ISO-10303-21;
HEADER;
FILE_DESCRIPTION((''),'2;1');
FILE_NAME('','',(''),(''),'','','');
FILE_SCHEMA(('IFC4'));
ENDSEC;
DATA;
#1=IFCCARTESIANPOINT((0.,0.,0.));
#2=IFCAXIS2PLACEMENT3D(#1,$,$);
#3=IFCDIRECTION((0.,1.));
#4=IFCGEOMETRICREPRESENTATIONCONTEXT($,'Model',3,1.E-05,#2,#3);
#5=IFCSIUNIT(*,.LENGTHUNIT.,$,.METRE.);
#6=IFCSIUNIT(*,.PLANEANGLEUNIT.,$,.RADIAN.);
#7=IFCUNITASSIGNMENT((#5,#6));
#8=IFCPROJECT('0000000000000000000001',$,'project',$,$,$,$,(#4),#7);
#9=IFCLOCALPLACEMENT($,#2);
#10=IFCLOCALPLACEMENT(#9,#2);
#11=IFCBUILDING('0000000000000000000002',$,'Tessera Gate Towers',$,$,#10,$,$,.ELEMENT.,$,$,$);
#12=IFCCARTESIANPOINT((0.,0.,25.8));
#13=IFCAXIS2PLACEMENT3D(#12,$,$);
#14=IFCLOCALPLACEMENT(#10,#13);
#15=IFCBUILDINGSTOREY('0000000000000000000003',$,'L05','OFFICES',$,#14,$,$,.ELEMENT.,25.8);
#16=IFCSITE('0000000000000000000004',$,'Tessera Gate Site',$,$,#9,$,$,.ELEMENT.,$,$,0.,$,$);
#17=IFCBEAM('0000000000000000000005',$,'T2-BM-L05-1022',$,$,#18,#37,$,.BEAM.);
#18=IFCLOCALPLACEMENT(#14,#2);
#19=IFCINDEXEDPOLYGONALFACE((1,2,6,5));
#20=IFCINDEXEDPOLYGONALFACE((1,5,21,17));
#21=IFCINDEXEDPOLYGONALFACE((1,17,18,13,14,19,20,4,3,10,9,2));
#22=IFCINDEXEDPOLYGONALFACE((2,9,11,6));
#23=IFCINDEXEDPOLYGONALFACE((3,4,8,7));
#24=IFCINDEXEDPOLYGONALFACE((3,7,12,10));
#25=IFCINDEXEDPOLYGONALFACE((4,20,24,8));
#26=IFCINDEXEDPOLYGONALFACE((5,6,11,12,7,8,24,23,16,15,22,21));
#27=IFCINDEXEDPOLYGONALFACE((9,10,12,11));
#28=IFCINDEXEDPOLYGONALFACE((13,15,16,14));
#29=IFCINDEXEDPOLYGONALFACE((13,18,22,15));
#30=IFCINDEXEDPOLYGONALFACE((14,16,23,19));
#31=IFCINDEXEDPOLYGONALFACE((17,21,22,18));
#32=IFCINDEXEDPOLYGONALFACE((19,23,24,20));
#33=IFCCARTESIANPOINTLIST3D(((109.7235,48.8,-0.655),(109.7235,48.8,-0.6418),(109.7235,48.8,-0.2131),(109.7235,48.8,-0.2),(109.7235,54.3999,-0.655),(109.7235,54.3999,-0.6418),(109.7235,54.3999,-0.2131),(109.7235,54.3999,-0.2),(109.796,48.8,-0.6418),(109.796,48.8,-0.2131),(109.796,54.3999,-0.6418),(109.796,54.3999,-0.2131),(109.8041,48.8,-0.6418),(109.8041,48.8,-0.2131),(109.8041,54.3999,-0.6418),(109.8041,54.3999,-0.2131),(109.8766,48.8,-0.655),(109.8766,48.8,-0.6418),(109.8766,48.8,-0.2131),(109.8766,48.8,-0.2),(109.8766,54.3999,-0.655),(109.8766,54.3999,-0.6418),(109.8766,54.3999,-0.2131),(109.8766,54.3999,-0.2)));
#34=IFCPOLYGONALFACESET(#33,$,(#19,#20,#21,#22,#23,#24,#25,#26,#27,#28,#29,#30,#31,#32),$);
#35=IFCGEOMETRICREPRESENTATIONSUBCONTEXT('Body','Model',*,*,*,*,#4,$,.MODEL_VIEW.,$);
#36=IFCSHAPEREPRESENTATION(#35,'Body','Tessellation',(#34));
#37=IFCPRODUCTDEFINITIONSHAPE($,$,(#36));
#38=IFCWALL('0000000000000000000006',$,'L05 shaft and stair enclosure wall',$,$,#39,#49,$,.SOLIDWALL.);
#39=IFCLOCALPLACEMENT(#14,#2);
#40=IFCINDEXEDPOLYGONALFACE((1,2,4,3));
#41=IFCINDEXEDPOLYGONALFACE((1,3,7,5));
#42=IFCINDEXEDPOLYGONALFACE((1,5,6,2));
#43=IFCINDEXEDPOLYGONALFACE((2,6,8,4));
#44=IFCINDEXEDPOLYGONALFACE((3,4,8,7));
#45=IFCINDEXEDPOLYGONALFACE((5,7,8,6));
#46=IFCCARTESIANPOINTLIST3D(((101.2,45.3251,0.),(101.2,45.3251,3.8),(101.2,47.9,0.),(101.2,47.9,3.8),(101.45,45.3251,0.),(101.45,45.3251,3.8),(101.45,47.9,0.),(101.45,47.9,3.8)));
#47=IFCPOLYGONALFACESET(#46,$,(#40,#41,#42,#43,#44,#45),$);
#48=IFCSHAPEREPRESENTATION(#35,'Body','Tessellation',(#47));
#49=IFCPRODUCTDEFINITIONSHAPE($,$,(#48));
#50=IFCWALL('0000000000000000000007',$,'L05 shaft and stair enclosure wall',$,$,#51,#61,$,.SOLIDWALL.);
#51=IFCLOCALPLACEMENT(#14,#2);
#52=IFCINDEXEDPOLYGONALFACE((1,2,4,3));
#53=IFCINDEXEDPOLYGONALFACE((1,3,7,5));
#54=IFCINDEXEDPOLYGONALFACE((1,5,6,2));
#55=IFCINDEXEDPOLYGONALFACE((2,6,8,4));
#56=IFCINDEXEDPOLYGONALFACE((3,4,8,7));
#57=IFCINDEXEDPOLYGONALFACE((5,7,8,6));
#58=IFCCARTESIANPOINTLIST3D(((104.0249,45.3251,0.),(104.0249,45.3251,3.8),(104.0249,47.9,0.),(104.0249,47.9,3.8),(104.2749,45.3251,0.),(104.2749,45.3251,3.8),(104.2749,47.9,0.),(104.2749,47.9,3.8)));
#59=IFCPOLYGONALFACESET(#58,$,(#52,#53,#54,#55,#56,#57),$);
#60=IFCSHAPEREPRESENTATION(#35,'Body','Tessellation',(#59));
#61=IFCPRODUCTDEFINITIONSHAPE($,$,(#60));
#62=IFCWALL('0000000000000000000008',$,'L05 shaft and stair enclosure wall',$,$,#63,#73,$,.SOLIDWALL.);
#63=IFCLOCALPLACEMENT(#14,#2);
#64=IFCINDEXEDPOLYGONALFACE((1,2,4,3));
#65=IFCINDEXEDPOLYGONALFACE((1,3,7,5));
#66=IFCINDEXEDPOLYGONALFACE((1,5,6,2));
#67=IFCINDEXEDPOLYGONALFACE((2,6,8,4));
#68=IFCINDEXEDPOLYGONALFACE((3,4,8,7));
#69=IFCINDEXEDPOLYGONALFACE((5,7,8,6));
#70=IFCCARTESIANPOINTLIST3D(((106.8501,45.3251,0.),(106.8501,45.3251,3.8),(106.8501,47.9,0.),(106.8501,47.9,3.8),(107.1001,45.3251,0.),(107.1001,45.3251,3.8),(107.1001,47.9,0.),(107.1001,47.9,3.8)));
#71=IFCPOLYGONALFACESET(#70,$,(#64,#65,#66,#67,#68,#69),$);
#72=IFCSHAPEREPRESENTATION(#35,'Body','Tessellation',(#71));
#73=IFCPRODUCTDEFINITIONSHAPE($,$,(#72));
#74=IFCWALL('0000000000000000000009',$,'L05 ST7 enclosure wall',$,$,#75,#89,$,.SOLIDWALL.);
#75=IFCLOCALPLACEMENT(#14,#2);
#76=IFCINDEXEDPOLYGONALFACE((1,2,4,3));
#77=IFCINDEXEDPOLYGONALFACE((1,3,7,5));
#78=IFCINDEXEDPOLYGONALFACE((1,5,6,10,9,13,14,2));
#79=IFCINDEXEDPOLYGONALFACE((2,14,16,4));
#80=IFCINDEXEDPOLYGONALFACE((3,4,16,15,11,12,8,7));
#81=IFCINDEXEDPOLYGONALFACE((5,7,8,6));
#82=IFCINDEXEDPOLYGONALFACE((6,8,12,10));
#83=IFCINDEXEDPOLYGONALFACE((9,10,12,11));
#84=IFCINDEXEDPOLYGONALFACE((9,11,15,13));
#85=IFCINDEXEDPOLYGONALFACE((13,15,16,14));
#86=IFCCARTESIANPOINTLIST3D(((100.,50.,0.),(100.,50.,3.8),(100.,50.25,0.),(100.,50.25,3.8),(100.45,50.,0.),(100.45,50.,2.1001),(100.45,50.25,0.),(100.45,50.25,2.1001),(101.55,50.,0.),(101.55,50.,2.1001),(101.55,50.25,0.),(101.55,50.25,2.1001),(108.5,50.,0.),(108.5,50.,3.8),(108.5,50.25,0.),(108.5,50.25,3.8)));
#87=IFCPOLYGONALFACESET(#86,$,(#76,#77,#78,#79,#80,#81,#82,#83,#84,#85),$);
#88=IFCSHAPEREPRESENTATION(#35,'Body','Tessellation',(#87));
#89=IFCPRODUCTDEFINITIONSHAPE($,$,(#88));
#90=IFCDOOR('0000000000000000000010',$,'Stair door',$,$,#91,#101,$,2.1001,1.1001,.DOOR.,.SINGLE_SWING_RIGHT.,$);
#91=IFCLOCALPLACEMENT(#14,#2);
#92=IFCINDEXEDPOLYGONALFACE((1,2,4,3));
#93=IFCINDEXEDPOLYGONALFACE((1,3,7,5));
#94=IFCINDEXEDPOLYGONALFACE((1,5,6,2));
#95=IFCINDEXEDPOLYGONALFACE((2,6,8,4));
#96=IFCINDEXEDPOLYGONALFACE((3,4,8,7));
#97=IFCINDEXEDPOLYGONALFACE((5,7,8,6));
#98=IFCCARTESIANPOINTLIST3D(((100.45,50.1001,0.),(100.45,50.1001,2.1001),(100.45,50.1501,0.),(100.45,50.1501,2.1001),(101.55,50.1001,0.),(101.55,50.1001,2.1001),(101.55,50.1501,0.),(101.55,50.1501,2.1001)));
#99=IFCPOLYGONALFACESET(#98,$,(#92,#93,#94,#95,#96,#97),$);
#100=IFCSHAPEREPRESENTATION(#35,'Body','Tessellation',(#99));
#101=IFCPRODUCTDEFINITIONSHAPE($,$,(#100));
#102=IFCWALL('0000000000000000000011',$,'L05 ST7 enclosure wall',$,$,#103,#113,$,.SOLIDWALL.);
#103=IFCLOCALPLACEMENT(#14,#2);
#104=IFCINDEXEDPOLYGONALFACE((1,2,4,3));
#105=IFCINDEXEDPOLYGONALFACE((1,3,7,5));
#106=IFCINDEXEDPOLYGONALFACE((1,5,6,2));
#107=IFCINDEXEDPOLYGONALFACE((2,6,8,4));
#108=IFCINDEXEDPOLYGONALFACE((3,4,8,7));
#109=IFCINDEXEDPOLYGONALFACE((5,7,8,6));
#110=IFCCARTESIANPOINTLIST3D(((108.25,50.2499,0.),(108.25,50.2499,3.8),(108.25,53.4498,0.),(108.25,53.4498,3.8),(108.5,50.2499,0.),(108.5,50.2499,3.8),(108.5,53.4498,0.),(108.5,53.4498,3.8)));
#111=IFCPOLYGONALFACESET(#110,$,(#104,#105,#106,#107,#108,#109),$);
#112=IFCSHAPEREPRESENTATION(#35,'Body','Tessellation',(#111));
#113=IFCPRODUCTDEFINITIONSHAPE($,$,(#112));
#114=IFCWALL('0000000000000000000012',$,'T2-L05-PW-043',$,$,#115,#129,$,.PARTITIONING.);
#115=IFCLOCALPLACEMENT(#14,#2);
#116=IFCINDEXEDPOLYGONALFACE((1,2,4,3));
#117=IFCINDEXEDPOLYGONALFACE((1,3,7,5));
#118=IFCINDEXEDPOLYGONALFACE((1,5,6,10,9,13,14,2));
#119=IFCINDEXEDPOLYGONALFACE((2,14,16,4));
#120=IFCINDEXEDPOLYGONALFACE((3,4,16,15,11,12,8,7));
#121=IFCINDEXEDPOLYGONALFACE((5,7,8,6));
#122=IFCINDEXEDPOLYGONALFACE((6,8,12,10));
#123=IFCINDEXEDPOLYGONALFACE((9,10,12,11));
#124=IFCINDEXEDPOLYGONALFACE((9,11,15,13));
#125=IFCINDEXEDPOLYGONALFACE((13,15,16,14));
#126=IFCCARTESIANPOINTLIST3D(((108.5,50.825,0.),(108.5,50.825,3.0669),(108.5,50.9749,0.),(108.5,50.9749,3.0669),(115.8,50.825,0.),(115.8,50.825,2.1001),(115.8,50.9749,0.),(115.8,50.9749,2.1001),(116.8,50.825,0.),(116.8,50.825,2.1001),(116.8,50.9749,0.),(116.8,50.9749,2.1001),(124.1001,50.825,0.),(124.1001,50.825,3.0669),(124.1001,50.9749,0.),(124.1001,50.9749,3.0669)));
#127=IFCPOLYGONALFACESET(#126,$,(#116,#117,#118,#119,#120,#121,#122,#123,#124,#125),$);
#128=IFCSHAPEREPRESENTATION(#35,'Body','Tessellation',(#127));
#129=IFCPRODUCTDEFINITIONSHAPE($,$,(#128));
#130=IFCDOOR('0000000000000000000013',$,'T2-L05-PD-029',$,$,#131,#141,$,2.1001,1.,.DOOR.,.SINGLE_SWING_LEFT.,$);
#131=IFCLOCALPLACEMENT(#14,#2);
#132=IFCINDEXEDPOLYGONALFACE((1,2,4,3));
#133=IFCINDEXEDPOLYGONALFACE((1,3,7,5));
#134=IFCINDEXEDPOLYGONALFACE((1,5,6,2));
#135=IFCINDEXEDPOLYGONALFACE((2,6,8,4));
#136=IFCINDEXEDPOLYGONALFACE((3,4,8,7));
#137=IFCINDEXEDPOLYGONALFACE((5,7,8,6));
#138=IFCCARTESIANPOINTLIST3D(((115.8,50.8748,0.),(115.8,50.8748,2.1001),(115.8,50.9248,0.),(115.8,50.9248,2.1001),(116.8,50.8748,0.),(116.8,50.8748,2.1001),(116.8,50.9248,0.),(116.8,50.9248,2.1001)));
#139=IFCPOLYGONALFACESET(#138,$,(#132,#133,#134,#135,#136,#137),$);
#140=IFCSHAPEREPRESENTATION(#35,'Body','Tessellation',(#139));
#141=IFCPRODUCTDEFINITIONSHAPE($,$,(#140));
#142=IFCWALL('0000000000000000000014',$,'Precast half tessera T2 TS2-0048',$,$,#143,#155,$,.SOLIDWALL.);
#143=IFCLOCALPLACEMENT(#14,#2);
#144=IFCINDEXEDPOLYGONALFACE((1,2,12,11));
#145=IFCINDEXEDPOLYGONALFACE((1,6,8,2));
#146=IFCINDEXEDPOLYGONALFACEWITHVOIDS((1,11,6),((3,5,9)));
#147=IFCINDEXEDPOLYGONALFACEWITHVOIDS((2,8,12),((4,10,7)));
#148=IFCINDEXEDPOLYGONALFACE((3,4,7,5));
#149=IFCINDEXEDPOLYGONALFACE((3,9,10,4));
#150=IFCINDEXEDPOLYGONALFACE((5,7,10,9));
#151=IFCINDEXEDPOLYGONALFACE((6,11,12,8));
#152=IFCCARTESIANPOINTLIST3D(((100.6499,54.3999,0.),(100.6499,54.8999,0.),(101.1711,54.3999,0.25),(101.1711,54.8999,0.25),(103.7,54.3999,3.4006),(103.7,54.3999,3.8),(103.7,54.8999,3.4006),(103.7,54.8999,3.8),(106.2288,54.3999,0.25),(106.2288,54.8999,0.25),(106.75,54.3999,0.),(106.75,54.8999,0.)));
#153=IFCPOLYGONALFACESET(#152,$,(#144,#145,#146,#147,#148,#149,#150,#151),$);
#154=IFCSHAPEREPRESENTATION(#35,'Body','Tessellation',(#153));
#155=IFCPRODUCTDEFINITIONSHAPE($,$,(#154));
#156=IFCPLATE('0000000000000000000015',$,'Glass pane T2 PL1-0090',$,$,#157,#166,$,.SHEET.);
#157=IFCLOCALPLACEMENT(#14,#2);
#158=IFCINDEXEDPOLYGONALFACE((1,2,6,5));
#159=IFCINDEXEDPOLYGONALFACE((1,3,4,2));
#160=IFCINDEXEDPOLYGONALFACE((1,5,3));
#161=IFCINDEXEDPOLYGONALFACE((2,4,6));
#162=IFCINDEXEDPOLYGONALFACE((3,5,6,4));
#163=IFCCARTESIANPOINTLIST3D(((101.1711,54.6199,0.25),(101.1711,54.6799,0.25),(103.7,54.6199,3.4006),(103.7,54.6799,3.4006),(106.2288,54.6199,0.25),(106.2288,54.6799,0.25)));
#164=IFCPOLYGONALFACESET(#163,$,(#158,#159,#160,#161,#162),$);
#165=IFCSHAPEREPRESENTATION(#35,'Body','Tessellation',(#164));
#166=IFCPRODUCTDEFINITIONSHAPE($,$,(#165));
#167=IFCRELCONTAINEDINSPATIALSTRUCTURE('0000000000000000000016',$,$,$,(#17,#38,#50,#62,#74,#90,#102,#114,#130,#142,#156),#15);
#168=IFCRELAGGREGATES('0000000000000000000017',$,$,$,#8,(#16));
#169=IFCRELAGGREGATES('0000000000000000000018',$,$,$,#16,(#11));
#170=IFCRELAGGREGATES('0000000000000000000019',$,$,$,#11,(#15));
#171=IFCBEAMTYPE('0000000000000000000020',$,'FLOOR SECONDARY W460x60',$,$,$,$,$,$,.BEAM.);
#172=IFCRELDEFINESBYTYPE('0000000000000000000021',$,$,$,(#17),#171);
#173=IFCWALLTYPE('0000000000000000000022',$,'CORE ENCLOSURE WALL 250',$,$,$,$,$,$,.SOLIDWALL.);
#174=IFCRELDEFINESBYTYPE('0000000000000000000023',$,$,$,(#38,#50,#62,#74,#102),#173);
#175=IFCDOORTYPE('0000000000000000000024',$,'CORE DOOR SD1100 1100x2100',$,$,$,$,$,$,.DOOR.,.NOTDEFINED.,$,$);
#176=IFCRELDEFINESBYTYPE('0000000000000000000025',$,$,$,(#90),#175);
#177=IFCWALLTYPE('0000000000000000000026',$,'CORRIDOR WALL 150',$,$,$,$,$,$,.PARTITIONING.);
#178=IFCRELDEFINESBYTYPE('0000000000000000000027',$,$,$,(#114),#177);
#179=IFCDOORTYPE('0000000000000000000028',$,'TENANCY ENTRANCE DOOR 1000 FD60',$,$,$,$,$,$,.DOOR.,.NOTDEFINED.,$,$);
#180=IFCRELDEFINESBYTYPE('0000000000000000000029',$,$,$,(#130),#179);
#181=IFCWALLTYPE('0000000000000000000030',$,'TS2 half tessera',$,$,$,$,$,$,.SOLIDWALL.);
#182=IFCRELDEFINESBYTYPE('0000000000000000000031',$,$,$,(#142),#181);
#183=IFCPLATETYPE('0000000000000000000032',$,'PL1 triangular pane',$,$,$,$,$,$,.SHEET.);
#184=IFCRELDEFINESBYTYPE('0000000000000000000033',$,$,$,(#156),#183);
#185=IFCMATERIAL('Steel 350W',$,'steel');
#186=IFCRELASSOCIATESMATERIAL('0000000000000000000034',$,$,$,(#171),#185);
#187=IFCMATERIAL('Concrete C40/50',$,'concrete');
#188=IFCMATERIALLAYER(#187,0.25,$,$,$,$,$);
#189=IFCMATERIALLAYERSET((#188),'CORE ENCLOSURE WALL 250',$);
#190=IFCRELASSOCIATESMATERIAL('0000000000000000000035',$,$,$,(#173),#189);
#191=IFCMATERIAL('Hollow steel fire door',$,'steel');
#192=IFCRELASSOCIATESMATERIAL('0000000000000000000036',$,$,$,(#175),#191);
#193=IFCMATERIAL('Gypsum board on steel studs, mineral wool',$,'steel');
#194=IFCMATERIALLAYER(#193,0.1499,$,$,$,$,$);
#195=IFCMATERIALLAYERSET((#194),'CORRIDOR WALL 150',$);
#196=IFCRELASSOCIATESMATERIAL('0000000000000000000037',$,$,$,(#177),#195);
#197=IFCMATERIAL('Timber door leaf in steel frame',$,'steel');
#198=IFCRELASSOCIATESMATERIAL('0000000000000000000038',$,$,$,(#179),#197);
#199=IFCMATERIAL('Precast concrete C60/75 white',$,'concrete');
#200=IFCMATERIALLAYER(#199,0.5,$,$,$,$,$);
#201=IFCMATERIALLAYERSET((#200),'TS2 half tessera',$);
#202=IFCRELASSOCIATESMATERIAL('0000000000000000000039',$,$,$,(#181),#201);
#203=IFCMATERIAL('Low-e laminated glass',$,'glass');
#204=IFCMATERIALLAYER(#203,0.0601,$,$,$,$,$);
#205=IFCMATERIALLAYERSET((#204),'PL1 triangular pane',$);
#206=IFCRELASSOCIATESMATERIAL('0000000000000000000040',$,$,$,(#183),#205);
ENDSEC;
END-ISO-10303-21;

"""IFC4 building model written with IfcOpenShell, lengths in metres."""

from ifc_helpers import new_model, si_unit, direction, frame, frame_2d, origin, origin_2d, place, context, subcontext, project, spatial, polyline, rectangle, i_section, outline, extrude, source, transform, mapped, material, layer, layer_set, material_profile, profile_set, type_object, element, fill, save


model = new_model("IFC4")

# Units and contexts
model_context = context("Model", 3, precision=1e-05, world=origin(), true_north=direction((0.0, 1.0)))
body_context = subcontext(model_context, "Body", "Model", "MODEL_VIEW")
ifc_project = project(units=[si_unit("LENGTHUNIT", "METRE"), si_unit("PLANEANGLEUNIT", "RADIAN")], contexts=[model_context])

# Site, building, storey
site_placement = place(None, origin())
site = spatial("IfcSite", under=ifc_project, at=site_placement, Name="Tessera Gate Site", CompositionType="ELEMENT", RefElevation=0.0)
building_placement = place(site_placement, origin())
building = spatial("IfcBuilding", under=site, at=building_placement, Name="Tessera Gate Towers", CompositionType="ELEMENT")
storey_placement = place(building_placement, frame((0.0, 0.0, 25.8)))
storey = spatial("IfcBuildingStorey", under=building, at=storey_placement, Name="L05", Description="OFFICES", CompositionType="ELEMENT", Elevation=25.8)

# Beam
ifc_material_1 = material(Name="Steel 350W", Category="steel")
ifc_material_profile = material_profile(ifc_material_1, i_section(OverallWidth=0.1531, OverallDepth=0.4551, WebThickness=0.0081, FlangeThickness=0.0132, at=origin_2d()), Name="W460x60")
ifc_profile_set = profile_set([ifc_material_profile], Name="Steel 350W")
beam_type = type_object("IfcBeamType", Name="FLOOR SECONDARY W460x60", PredefinedType="BEAM", material=ifc_profile_set)
beam_placement = place(storey_placement, frame((109.8, 48.8, -0.4275), z_axis=(0.0, 1.0, 0.0), x_axis=(-1.0, 0.0, 0.0)))
element("IfcBeam", 1, at=beam_placement, inside=storey, type_object=beam_type, Name="T2-BM-L05-1022", PredefinedType="BEAM", context=body_context, shape_type="SweptSolid", body=[
    extrude(i_section(OverallWidth=0.1531, OverallDepth=0.4551, WebThickness=0.0081, FlangeThickness=0.0132, at=origin_2d()), origin(), (0.0, 0.0, 1.0), 5.5999),
])

# Walls
ifc_material_2 = material(Name="Concrete C40/50", Category="concrete")
ifc_layer_1 = layer(ifc_material_2, 0.25)
ifc_layer_set_1 = layer_set([ifc_layer_1], Name="CORE ENCLOSURE WALL 250")
wall_type_1 = type_object("IfcWallType", Name="CORE ENCLOSURE WALL 250", PredefinedType="SOLIDWALL", material=ifc_layer_set_1)
for number, where, z_axis, x_axis, name in (
    (2, (101.325, 45.325, 0.0), (0.0, 0.0, 1.0), (0.0, 1.0, 0.0), "L05 shaft and stair enclosure wall"),
    (3, (104.1499, 45.325, 0.0), (0.0, 0.0, 1.0), (0.0, 1.0, 0.0), "L05 shaft and stair enclosure wall"),
    (4, (106.9751, 45.325, 0.0), (0.0, 0.0, 1.0), (0.0, 1.0, 0.0), "L05 shaft and stair enclosure wall"),
):
    element("IfcWall", number, at=place(storey_placement, frame(where, z_axis=z_axis, x_axis=x_axis)), inside=storey, type_object=wall_type_1, Name=name, PredefinedType="SOLIDWALL", context=body_context, shape_type="SweptSolid", body=[
        extrude(rectangle(XDim=2.575, YDim=0.25, at=frame_2d((1.2876, 0.0))), origin(), (0.0, 0.0, 1.0), 3.8),
    ])

# Wall, opening, door
wall_1_placement = place(storey_placement, frame((108.5, 50.125, 0.0), z_axis=(0.0, 0.0, 1.0), x_axis=(-1.0, 0.0, 0.0)))
wall_1 = element("IfcWall", 5, at=wall_1_placement, inside=storey, type_object=wall_type_1, Name="L05 ST7 enclosure wall", PredefinedType="SOLIDWALL", context=body_context, shape_type="SweptSolid", body=[
    extrude(rectangle(XDim=8.5, YDim=0.25, at=frame_2d((4.25, 0.0))), origin(), (0.0, 0.0, 1.0), 3.8),
])
shared_shape_1 = source(origin(), body_context, "Body", "SweptSolid", [
    extrude(rectangle(XDim=1.1001, YDim=2.1001, at=frame_2d((0.55, 1.05))), frame((0.0, 0.135, 0.0), z_axis=(0.0, -1.0, 0.0), x_axis=(1.0, 0.0, 0.0)), (0.0, 0.0, 1.0), 0.27),
])
opening_1_placement = place(wall_1_placement, frame((6.95, 0.0, 0.0)))
opening_1 = element("IfcOpeningElement", 6, at=opening_1_placement, cuts=wall_1, PredefinedType="OPENING", context=body_context, shape_type="MappedRepresentation", body=[
    mapped(shared_shape_1, transform((0.0, 0.0, 0.0), scale=1.0)),
])
ifc_material_3 = material(Name="Hollow steel fire door", Category="steel")
door_type_1 = type_object("IfcDoorType", Name="CORE DOOR SD1100 1100x2100", OperationType="NOTDEFINED", PredefinedType="DOOR", material=ifc_material_3)
shared_shape_2 = source(origin(), body_context, "Body", "SweptSolid", [
    extrude(rectangle(XDim=1.1001, YDim=2.1001, at=frame_2d((0.55, 1.05))), frame((0.0, 0.0249, 0.0), z_axis=(0.0, -1.0, 0.0), x_axis=(1.0, 0.0, 0.0)), (0.0, 0.0, 1.0), 0.05),
])
door_1_placement = place(opening_1_placement, origin())
door_1 = element("IfcDoor", 7, at=door_1_placement, inside=storey, type_object=door_type_1, Name="Stair door", OperationType="SINGLE_SWING_RIGHT", OverallHeight=2.1001, OverallWidth=1.1001, PredefinedType="DOOR", context=body_context, shape_type="MappedRepresentation", body=[
    mapped(shared_shape_2, transform((0.0, 0.0, 0.0), scale=1.0)),
])
fill(opening_1, door_1)

# Wall
wall_2_placement = place(storey_placement, frame((108.375, 53.45, 0.0), z_axis=(0.0, 0.0, 1.0), x_axis=(0.0, -1.0, 0.0)))
element("IfcWall", 8, at=wall_2_placement, inside=storey, type_object=wall_type_1, Name="L05 ST7 enclosure wall", PredefinedType="SOLIDWALL", context=body_context, shape_type="SweptSolid", body=[
    extrude(rectangle(XDim=3.2, YDim=0.25, at=frame_2d((1.6001, 0.0))), origin(), (0.0, 0.0, 1.0), 3.8),
])

# Wall, opening, door
ifc_material_4 = material(Name="Gypsum board on steel studs, mineral wool", Category="steel")
ifc_layer_2 = layer(ifc_material_4, 0.1499)
ifc_layer_set_2 = layer_set([ifc_layer_2], Name="CORRIDOR WALL 150")
wall_type_2 = type_object("IfcWallType", Name="CORRIDOR WALL 150", PredefinedType="PARTITIONING", material=ifc_layer_set_2)
wall_3_placement = place(storey_placement, frame((108.5, 50.8999, 0.0), z_axis=(0.0, 0.0, 1.0), x_axis=(1.0, 0.0, 0.0)))
wall_3 = element("IfcWall", 9, at=wall_3_placement, inside=storey, type_object=wall_type_2, Name="T2-L05-PW-043", PredefinedType="PARTITIONING", context=body_context, shape_type="SweptSolid", body=[
    extrude(rectangle(XDim=15.6001, YDim=0.1499, at=frame_2d((7.8, 0.0))), origin(), (0.0, 0.0, 1.0), 3.0669),
])
shared_shape_3 = source(origin(), body_context, "Body", "SweptSolid", [
    extrude(rectangle(XDim=1.0, YDim=2.1001, at=frame_2d((0.5, 1.05))), frame((0.0, 0.085, 0.0), z_axis=(0.0, -1.0, 0.0), x_axis=(1.0, 0.0, 0.0)), (0.0, 0.0, 1.0), 0.1699),
])
opening_2_placement = place(wall_3_placement, frame((7.3, 0.0, 0.0)))
opening_2 = element("IfcOpeningElement", 10, at=opening_2_placement, cuts=wall_3, PredefinedType="OPENING", context=body_context, shape_type="MappedRepresentation", body=[
    mapped(shared_shape_3, transform((0.0, 0.0, 0.0), scale=1.0)),
])
ifc_material_5 = material(Name="Timber door leaf in steel frame", Category="steel")
door_type_2 = type_object("IfcDoorType", Name="TENANCY ENTRANCE DOOR 1000 FD60", OperationType="NOTDEFINED", PredefinedType="DOOR", material=ifc_material_5)
shared_shape_4 = source(origin(), body_context, "Body", "SweptSolid", [
    extrude(rectangle(XDim=1.0, YDim=2.1001, at=frame_2d((0.5, 1.05))), frame((0.0, 0.0249, 0.0), z_axis=(0.0, -1.0, 0.0), x_axis=(1.0, 0.0, 0.0)), (0.0, 0.0, 1.0), 0.05),
])
door_2_placement = place(opening_2_placement, origin())
door_2 = element("IfcDoor", 11, at=door_2_placement, inside=storey, type_object=door_type_2, Name="T2-L05-PD-029", OperationType="SINGLE_SWING_LEFT", OverallHeight=2.1001, OverallWidth=1.0, PredefinedType="DOOR", context=body_context, shape_type="MappedRepresentation", body=[
    mapped(shared_shape_4, transform((0.0, 0.0, 0.0), scale=1.0)),
])
fill(opening_2, door_2)

# Wall, opening, plate
ifc_material_6 = material(Name="Precast concrete C60/75 white", Category="concrete")
ifc_layer_3 = layer(ifc_material_6, 0.5)
ifc_layer_set_3 = layer_set([ifc_layer_3], Name="TS2 half tessera")
wall_type_3 = type_object("IfcWallType", Name="TS2 half tessera", PredefinedType="SOLIDWALL", material=ifc_layer_set_3)
shared_shape_5 = source(origin(), body_context, "Body", "SweptSolid", [
    extrude(outline(polyline([(6.1001, 0.0), (3.05, 3.8), (0.0, 0.0), (6.1001, 0.0)])), frame((0.0, 0.25, 0.0), z_axis=(0.0, -1.0, 0.0), x_axis=(1.0, 0.0, 0.0)), (0.0, 0.0, 1.0), 0.5),
])
wall_4_placement = place(storey_placement, frame((106.75, 54.6499, 0.0), z_axis=(0.0, 0.0, 1.0), x_axis=(-1.0, 0.0, 0.0)))
wall_4 = element("IfcWall", 12, at=wall_4_placement, inside=storey, type_object=wall_type_3, Name="Precast half tessera T2 TS2-0048", PredefinedType="SOLIDWALL", context=body_context, shape_type="MappedRepresentation", body=[
    mapped(shared_shape_5, transform((0.0, 0.0, 0.0), scale=1.0)),
])
shared_shape_6 = source(origin(), body_context, "Body", "SweptSolid", [
    extrude(outline(polyline([(5.5789, 0.25), (3.05, 3.4006), (0.5212, 0.25), (5.5789, 0.25)])), frame((0.0, 0.26, 0.0), z_axis=(0.0, -1.0, 0.0), x_axis=(1.0, 0.0, 0.0)), (0.0, 0.0, 1.0), 0.52),
])
opening_3_placement = place(wall_4_placement, origin())
opening_3 = element("IfcOpeningElement", 13, at=opening_3_placement, cuts=wall_4, PredefinedType="OPENING", context=body_context, shape_type="MappedRepresentation", body=[
    mapped(shared_shape_6, transform((0.0, 0.0, 0.0), scale=1.0)),
])
ifc_material_7 = material(Name="Low-e laminated glass", Category="glass")
ifc_layer_4 = layer(ifc_material_7, 0.0601)
ifc_layer_set_4 = layer_set([ifc_layer_4], Name="PL1 triangular pane")
plate_type = type_object("IfcPlateType", Name="PL1 triangular pane", PredefinedType="SHEET", material=ifc_layer_set_4)
shared_shape_7 = source(origin(), body_context, "Body", "SweptSolid", [
    extrude(outline(polyline([(5.5789, 0.25), (3.05, 3.4006), (0.5212, 0.25), (5.5789, 0.25)])), frame((0.0, 0.03, 0.0), z_axis=(0.0, -1.0, 0.0), x_axis=(1.0, 0.0, 0.0)), (0.0, 0.0, 1.0), 0.0601),
])
plate_placement = place(opening_3_placement, origin())
plate = element("IfcPlate", 14, at=plate_placement, inside=storey, type_object=plate_type, Name="Glass pane T2 PL1-0090", PredefinedType="SHEET", context=body_context, shape_type="MappedRepresentation", body=[
    mapped(shared_shape_7, transform((0.0, 0.0, 0.0), scale=1.0)),
])
fill(opening_3, plate)

save(model, "model.ifc")
